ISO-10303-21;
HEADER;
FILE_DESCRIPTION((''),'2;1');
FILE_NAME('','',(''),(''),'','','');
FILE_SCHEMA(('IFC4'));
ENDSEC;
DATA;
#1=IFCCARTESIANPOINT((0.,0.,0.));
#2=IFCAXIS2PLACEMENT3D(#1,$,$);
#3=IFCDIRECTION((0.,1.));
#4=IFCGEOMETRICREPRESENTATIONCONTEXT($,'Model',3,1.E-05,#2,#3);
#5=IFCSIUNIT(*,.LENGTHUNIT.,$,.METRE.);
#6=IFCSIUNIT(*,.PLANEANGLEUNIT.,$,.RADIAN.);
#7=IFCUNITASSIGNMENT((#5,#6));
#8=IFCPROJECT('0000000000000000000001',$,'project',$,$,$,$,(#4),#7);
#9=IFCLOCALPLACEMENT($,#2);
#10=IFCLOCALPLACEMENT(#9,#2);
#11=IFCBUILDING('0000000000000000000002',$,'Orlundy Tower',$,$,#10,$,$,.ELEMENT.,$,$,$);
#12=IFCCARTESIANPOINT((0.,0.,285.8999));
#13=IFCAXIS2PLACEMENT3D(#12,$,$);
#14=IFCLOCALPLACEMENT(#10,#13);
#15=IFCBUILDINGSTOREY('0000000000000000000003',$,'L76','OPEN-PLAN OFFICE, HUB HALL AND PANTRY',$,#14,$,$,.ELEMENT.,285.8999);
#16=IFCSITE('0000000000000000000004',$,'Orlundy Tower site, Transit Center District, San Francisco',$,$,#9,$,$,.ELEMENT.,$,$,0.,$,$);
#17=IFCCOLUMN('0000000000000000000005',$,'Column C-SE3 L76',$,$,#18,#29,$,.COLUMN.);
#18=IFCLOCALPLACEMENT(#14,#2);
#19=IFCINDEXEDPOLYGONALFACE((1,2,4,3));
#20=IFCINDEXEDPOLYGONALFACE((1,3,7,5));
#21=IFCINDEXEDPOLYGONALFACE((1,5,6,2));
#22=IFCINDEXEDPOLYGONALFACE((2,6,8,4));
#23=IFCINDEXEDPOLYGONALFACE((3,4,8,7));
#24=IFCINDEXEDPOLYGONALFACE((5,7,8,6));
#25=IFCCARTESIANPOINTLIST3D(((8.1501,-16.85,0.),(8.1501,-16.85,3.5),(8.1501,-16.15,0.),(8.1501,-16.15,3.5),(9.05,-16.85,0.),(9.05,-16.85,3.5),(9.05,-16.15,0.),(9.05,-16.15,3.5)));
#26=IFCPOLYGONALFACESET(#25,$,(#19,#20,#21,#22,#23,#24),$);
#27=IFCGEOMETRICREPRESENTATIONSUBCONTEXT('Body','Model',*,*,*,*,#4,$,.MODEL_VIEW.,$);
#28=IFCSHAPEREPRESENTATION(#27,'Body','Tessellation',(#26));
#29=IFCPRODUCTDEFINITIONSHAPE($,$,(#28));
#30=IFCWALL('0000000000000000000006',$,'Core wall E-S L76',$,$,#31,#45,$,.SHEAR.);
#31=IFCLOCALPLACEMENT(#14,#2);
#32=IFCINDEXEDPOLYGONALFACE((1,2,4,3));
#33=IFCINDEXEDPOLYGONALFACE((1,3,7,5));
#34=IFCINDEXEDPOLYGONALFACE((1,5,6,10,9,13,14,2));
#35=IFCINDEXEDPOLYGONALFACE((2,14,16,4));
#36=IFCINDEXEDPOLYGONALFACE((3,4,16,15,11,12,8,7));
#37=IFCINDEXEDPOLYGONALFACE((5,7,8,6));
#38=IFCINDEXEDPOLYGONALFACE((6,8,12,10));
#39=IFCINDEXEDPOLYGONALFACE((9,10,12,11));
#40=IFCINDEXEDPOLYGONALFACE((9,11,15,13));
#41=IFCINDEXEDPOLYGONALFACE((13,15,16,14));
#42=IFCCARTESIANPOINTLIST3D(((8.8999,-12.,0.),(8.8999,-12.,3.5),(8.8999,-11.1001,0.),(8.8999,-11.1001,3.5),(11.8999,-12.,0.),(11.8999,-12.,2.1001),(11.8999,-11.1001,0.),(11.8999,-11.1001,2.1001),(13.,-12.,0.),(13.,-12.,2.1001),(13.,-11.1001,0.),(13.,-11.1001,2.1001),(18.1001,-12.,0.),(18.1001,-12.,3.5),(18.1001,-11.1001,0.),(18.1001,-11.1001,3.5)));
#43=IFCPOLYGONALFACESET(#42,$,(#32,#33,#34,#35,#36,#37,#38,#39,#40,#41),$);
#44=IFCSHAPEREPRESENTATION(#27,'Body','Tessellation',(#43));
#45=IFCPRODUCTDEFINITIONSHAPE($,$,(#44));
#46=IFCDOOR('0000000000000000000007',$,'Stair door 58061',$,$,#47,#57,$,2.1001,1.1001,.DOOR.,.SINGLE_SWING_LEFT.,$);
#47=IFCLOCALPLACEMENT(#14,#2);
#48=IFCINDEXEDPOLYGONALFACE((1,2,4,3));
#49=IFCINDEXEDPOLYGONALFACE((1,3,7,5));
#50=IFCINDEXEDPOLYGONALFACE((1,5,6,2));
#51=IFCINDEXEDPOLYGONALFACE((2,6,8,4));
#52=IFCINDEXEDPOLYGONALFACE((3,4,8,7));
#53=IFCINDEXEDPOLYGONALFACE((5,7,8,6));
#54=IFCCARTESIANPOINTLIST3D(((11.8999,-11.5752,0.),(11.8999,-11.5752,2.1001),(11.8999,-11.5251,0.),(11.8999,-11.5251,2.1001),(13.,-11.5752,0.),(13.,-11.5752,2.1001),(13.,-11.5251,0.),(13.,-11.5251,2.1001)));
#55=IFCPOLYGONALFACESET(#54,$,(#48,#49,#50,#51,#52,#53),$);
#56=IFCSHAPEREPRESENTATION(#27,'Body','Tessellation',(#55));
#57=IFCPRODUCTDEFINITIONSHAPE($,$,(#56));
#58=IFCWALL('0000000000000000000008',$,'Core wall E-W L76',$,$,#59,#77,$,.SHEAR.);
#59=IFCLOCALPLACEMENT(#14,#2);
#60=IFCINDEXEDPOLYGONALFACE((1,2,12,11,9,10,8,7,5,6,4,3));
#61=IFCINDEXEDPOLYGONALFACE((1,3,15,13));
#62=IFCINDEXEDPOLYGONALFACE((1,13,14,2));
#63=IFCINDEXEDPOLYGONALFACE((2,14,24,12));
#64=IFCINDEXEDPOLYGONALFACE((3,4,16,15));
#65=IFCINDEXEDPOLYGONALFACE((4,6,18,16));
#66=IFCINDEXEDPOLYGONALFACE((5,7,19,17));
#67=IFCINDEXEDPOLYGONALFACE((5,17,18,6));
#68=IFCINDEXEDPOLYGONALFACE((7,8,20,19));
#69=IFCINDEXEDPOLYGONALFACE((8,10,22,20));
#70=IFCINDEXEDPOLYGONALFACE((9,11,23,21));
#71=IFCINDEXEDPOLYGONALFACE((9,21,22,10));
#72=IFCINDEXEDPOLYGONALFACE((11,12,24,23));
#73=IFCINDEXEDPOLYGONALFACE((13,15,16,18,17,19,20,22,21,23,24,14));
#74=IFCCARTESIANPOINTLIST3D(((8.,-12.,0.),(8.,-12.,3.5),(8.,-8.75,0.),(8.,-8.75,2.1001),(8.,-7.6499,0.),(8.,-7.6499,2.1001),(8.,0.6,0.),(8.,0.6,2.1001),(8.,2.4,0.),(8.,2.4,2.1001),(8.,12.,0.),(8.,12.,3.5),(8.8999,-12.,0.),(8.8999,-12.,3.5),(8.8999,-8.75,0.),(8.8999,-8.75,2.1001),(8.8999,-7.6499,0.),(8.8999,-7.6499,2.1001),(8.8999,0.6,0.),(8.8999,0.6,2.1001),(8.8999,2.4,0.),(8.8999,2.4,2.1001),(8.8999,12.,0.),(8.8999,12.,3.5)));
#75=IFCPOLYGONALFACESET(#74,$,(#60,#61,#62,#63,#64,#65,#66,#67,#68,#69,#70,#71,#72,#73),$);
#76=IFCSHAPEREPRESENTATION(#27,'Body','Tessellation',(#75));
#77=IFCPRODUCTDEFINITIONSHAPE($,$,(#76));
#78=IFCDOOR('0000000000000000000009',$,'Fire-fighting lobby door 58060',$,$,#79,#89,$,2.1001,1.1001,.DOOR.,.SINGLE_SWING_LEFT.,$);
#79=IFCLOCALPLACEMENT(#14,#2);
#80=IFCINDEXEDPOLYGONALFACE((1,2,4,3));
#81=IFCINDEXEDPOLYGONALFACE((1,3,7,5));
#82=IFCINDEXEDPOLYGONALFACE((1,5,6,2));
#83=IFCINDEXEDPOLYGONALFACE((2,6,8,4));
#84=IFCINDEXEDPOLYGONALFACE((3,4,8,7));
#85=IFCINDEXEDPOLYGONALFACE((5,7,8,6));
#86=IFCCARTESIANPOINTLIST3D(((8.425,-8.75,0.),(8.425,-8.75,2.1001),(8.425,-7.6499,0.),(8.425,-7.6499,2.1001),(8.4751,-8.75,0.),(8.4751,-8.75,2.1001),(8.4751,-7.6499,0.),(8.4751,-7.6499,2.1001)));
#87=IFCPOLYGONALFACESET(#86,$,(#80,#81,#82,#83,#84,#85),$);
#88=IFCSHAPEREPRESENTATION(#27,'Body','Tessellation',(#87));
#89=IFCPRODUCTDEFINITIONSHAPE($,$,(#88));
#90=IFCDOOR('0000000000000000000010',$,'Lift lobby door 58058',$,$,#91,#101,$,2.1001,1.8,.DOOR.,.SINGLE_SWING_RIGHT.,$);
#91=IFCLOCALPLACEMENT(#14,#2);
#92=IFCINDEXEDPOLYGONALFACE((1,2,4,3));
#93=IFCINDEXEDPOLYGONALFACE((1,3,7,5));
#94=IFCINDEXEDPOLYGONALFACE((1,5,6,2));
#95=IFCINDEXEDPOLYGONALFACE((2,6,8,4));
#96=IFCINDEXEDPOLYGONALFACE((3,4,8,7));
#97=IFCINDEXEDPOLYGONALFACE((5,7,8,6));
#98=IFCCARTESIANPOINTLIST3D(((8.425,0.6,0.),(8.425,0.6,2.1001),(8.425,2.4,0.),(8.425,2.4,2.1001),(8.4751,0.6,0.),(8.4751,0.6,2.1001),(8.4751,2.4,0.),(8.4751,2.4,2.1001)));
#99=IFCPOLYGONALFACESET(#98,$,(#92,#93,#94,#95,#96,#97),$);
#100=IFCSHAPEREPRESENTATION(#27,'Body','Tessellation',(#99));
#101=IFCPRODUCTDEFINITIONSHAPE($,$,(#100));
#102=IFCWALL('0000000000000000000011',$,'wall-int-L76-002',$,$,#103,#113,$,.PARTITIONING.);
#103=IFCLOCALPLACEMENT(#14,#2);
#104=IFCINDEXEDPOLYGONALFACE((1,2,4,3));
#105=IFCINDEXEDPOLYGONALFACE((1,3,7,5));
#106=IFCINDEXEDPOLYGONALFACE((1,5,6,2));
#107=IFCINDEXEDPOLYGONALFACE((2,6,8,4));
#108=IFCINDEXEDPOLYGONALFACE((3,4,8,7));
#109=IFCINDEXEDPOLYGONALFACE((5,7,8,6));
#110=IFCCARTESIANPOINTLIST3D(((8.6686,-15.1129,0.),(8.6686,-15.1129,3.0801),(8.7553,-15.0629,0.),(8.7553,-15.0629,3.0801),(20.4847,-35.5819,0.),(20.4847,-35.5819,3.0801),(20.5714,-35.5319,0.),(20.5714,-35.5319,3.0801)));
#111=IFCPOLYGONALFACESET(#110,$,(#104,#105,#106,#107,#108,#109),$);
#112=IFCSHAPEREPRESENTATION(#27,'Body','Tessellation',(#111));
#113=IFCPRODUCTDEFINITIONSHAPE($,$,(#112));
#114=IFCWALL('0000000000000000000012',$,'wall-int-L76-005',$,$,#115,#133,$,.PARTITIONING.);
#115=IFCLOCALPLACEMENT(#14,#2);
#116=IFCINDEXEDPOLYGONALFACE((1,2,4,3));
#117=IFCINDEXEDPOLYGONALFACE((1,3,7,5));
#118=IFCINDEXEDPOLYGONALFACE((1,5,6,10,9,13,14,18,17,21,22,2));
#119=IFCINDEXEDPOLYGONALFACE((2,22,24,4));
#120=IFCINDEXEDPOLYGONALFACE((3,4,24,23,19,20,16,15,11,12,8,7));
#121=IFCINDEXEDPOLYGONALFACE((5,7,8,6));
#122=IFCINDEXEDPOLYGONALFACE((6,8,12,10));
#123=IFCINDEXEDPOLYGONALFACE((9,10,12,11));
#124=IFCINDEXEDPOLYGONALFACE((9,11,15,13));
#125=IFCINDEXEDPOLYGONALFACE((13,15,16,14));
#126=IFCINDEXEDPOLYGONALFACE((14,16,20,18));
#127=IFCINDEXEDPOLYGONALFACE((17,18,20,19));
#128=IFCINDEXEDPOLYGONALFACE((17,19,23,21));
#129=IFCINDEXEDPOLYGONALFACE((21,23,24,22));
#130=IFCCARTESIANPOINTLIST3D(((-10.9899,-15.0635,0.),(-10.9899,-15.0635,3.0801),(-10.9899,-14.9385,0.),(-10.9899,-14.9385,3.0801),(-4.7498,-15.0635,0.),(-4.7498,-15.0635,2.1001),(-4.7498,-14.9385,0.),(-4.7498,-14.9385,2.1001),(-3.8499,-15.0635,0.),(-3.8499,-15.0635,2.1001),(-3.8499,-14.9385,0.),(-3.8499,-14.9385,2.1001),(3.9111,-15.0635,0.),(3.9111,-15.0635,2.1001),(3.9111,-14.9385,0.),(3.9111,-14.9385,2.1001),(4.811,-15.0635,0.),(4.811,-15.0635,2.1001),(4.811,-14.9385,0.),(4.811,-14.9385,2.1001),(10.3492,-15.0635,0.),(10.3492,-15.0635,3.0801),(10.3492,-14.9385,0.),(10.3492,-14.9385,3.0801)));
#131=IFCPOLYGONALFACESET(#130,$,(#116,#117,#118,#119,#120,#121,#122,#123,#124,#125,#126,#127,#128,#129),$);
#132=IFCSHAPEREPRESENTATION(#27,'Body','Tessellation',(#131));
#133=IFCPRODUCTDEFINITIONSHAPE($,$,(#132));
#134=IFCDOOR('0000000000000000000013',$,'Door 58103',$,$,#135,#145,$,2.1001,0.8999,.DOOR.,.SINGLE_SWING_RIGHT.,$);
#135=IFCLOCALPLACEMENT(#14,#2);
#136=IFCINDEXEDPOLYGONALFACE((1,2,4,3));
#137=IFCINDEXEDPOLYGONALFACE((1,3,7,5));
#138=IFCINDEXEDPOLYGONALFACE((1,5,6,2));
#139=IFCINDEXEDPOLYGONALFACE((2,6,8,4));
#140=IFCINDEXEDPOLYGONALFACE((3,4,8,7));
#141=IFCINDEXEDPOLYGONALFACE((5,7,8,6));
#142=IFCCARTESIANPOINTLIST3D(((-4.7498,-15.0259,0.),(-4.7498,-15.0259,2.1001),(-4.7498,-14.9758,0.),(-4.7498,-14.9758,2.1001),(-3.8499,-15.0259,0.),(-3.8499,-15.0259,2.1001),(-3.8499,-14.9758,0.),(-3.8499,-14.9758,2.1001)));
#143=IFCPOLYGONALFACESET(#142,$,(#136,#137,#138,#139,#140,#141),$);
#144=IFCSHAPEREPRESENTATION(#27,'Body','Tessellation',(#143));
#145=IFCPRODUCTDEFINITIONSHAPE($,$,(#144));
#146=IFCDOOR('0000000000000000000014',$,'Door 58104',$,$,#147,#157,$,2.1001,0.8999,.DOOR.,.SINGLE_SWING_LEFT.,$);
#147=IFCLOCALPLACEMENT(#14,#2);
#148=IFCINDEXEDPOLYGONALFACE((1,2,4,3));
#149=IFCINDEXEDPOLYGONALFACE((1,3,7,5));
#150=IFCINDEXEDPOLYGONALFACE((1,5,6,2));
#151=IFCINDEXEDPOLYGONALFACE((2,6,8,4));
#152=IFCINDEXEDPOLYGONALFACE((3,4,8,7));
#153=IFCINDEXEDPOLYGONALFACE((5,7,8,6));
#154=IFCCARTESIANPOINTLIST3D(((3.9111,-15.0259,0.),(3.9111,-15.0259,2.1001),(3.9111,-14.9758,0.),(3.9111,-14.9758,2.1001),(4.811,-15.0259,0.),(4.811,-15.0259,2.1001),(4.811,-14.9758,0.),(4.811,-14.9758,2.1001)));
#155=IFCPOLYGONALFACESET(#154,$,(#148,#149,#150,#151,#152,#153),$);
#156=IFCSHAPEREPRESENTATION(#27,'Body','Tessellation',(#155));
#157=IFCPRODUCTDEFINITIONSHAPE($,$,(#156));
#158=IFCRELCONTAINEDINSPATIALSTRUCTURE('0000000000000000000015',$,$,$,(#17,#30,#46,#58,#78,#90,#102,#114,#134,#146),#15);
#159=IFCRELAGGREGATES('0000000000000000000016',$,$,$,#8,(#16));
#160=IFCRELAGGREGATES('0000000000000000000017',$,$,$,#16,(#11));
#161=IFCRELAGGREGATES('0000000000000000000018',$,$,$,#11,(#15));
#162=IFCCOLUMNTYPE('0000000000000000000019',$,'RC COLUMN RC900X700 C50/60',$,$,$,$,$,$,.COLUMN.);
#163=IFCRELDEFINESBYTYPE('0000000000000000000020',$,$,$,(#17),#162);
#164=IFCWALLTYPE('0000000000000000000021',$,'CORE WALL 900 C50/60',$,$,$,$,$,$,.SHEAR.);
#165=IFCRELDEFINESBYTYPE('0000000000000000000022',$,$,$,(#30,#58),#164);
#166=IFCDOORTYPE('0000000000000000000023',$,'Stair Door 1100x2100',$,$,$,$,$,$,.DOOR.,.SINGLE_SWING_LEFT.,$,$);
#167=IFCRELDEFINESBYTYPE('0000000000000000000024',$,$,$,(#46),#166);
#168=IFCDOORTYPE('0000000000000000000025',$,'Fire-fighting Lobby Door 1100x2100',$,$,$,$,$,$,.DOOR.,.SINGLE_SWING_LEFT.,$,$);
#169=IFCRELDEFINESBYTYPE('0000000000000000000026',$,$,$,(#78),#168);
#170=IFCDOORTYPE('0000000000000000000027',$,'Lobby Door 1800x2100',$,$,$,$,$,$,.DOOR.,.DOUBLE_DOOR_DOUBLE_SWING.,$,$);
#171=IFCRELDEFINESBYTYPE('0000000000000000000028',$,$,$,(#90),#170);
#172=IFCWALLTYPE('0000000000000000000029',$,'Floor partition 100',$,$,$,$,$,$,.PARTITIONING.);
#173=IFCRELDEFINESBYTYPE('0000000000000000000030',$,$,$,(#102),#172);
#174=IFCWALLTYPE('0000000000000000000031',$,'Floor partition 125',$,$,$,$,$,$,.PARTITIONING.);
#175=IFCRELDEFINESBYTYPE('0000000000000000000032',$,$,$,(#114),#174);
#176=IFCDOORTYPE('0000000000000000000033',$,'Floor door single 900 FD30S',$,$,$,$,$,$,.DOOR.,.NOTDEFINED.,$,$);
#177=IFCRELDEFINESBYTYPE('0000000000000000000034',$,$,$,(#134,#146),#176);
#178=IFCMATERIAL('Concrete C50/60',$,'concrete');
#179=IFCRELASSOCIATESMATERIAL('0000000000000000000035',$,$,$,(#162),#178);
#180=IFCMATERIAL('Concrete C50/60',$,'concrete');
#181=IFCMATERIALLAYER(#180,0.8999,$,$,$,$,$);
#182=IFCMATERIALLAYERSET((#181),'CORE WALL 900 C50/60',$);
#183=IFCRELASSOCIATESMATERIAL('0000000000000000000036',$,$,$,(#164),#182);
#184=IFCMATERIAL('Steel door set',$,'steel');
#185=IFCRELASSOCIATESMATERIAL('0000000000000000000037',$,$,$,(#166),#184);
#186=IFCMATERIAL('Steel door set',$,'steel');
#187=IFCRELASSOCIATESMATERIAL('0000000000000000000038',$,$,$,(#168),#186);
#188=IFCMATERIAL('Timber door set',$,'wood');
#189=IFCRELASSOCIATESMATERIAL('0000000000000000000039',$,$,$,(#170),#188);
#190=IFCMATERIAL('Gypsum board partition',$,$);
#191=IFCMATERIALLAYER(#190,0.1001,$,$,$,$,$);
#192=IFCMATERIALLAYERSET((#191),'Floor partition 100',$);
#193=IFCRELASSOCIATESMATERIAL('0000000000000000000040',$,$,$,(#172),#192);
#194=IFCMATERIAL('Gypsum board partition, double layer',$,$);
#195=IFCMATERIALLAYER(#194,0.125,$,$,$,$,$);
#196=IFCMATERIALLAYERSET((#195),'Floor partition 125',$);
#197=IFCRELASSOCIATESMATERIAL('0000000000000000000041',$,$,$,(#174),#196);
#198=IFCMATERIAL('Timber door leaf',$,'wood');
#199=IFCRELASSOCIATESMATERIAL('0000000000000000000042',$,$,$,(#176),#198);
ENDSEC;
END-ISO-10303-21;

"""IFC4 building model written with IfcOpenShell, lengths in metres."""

from ifc_helpers import new_model, si_unit, direction, frame, frame_2d, origin, origin_2d, place, context, subcontext, project, spatial, rectangle, extrude, material, layer, layer_set, material_profile, profile_set, type_object, element, fill, save


model = new_model("IFC4")

# Units and contexts
model_context = context("Model", 3, precision=1e-05, world=origin(), true_north=direction((0.0, 1.0)))
body_context = subcontext(model_context, "Body", "Model", "MODEL_VIEW")
ifc_project = project(units=[si_unit("LENGTHUNIT", "METRE"), si_unit("PLANEANGLEUNIT", "RADIAN")], contexts=[model_context])

# Site, building, storey
site_placement = place(None, origin())
site = spatial("IfcSite", under=ifc_project, at=site_placement, Name="Orlundy Tower site, Transit Center District, San Francisco", CompositionType="ELEMENT", RefElevation=0.0)
building_placement = place(site_placement, origin())
building = spatial("IfcBuilding", under=site, at=building_placement, Name="Orlundy Tower", CompositionType="ELEMENT")
storey_placement = place(building_placement, frame((0.0, 0.0, 285.8999)))
storey = spatial("IfcBuildingStorey", under=building, at=storey_placement, Name="L76", Description="OPEN-PLAN OFFICE, HUB HALL AND PANTRY", CompositionType="ELEMENT", Elevation=285.8999)

# Column
ifc_material_1 = material(Name="Concrete C50/60", Category="concrete")
ifc_material_profile = material_profile(ifc_material_1, rectangle(XDim=0.8999, YDim=0.7, at=origin_2d()), Name="RC900X700")
ifc_profile_set = profile_set([ifc_material_profile], Name="Concrete C50/60")
column_type = type_object("IfcColumnType", Name="RC COLUMN RC900X700 C50/60", PredefinedType="COLUMN", material=ifc_profile_set)
column_placement = place(storey_placement, frame((8.6001, -16.5, 0.0), z_axis=(0.0, 0.0, 1.0), x_axis=(1.0, 0.0, 0.0)))
element("IfcColumn", 1, at=column_placement, inside=storey, type_object=column_type, Name="Column C-SE3 L76", PredefinedType="COLUMN", context=body_context, shape_type="SweptSolid", body=[
    extrude(rectangle(XDim=0.8999, YDim=0.7, at=origin_2d()), origin(), (0.0, 0.0, 1.0), 3.5),
])

# Wall, opening, door
ifc_material_2 = material(Name="Concrete C50/60", Category="concrete")
ifc_layer_1 = layer(ifc_material_2, 0.8999)
ifc_layer_set_1 = layer_set([ifc_layer_1], Name="CORE WALL 900 C50/60")
wall_type_1 = type_object("IfcWallType", Name="CORE WALL 900 C50/60", PredefinedType="SHEAR", material=ifc_layer_set_1)
wall_1_placement = place(storey_placement, frame((8.8999, -11.55, 0.0), z_axis=(0.0, 0.0, 1.0), x_axis=(1.0, 0.0, 0.0)))
wall_1 = element("IfcWall", 2, at=wall_1_placement, inside=storey, type_object=wall_type_1, Name="Core wall E-S L76", PredefinedType="SHEAR", context=body_context, shape_type="SweptSolid", body=[
    extrude(rectangle(XDim=9.2002, YDim=0.8999, at=frame_2d((4.6001, 0.0))), origin(), (0.0, 0.0, 1.0), 3.5),
])
opening_1_placement = place(wall_1_placement, frame((3.0, 0.0, 0.0)))
opening_1 = element("IfcOpeningElement", 3, at=opening_1_placement, cuts=wall_1, PredefinedType="OPENING", context=body_context, shape_type="SweptSolid", body=[
    extrude(rectangle(XDim=1.1001, YDim=2.1001, at=frame_2d((0.55, 1.05))), frame((0.0, 0.46, 0.0), z_axis=(0.0, -1.0, 0.0), x_axis=(1.0, 0.0, 0.0)), (0.0, 0.0, 1.0), 0.9199),
])
ifc_material_3 = material(Name="Steel door set", Category="steel")
door_type_1 = type_object("IfcDoorType", Name="Stair Door 1100x2100", OperationType="SINGLE_SWING_LEFT", PredefinedType="DOOR", material=ifc_material_3)
door_1_placement = place(opening_1_placement, origin())
door_1 = element("IfcDoor", 4, at=door_1_placement, inside=storey, type_object=door_type_1, Name="Stair door 58061", OperationType="SINGLE_SWING_LEFT", OverallHeight=2.1001, OverallWidth=1.1001, PredefinedType="DOOR", context=body_context, shape_type="SweptSolid", body=[
    extrude(rectangle(XDim=1.1001, YDim=2.1001, at=frame_2d((0.55, 1.05))), frame((0.0, 0.0249, 0.0), z_axis=(0.0, -1.0, 0.0), x_axis=(1.0, 0.0, 0.0)), (0.0, 0.0, 1.0), 0.05),
])
fill(opening_1, door_1)

# Wall, openings, doors
wall_2_placement = place(storey_placement, frame((8.45, -12.0, 0.0), z_axis=(0.0, 0.0, 1.0), x_axis=(0.0, 1.0, 0.0)))
wall_2 = element("IfcWall", 5, at=wall_2_placement, inside=storey, type_object=wall_type_1, Name="Core wall E-W L76", PredefinedType="SHEAR", context=body_context, shape_type="SweptSolid", body=[
    extrude(rectangle(XDim=24.0, YDim=0.8999, at=frame_2d((12.0, 0.0))), origin(), (0.0, 0.0, 1.0), 3.5),
])
opening_2_placement = place(wall_2_placement, frame((12.6001, 0.0, 0.0)))
opening_2 = element("IfcOpeningElement", 6, at=opening_2_placement, cuts=wall_2, PredefinedType="OPENING", context=body_context, shape_type="SweptSolid", body=[
    extrude(rectangle(XDim=1.8, YDim=2.1001, at=frame_2d((0.8999, 1.05))), frame((0.0, 0.46, 0.0), z_axis=(0.0, -1.0, 0.0), x_axis=(1.0, 0.0, 0.0)), (0.0, 0.0, 1.0), 0.9199),
])
opening_3_placement = place(wall_2_placement, frame((3.25, 0.0, 0.0)))
opening_3 = element("IfcOpeningElement", 7, at=opening_3_placement, cuts=wall_2, PredefinedType="OPENING", context=body_context, shape_type="SweptSolid", body=[
    extrude(rectangle(XDim=1.1001, YDim=2.1001, at=frame_2d((0.55, 1.05))), frame((0.0, 0.46, 0.0), z_axis=(0.0, -1.0, 0.0), x_axis=(1.0, 0.0, 0.0)), (0.0, 0.0, 1.0), 0.9199),
])
ifc_material_4 = material(Name="Steel door set", Category="steel")
door_type_2 = type_object("IfcDoorType", Name="Fire-fighting Lobby Door 1100x2100", OperationType="SINGLE_SWING_LEFT", PredefinedType="DOOR", material=ifc_material_4)
door_2_placement = place(opening_3_placement, origin())
door_2 = element("IfcDoor", 8, at=door_2_placement, inside=storey, type_object=door_type_2, Name="Fire-fighting lobby door 58060", OperationType="SINGLE_SWING_LEFT", OverallHeight=2.1001, OverallWidth=1.1001, PredefinedType="DOOR", context=body_context, shape_type="SweptSolid", body=[
    extrude(rectangle(XDim=1.1001, YDim=2.1001, at=frame_2d((0.55, 1.05))), frame((0.0, 0.0249, 0.0), z_axis=(0.0, -1.0, 0.0), x_axis=(1.0, 0.0, 0.0)), (0.0, 0.0, 1.0), 0.05),
])
fill(opening_3, door_2)
ifc_material_5 = material(Name="Timber door set", Category="wood")
door_type_3 = type_object("IfcDoorType", Name="Lobby Door 1800x2100", OperationType="DOUBLE_DOOR_DOUBLE_SWING", PredefinedType="DOOR", material=ifc_material_5)
door_3_placement = place(opening_2_placement, origin())
door_3 = element("IfcDoor", 9, at=door_3_placement, inside=storey, type_object=door_type_3, Name="Lift lobby door 58058", OperationType="SINGLE_SWING_RIGHT", OverallHeight=2.1001, OverallWidth=1.8, PredefinedType="DOOR", context=body_context, shape_type="SweptSolid", body=[
    extrude(rectangle(XDim=1.8, YDim=2.1001, at=frame_2d((0.8999, 1.05))), frame((0.0, 0.0249, 0.0), z_axis=(0.0, -1.0, 0.0), x_axis=(1.0, 0.0, 0.0)), (0.0, 0.0, 1.0), 0.05),
])
fill(opening_2, door_3)

# Wall
ifc_material_6 = material(Name="Gypsum board partition")
ifc_layer_2 = layer(ifc_material_6, 0.1001)
ifc_layer_set_2 = layer_set([ifc_layer_2], Name="Floor partition 100")
wall_type_2 = type_object("IfcWallType", Name="Floor partition 100", PredefinedType="PARTITIONING", material=ifc_layer_set_2)
wall_3_placement = place(storey_placement, frame((8.7119, -15.0879, 0.0), z_axis=(0.0, 0.0, 1.0), x_axis=(0.499949, -0.866055, 0.0)))
element("IfcWall", 10, at=wall_3_placement, inside=storey, type_object=wall_type_2, Name="wall-int-L76-002", PredefinedType="PARTITIONING", context=body_context, shape_type="SweptSolid", body=[
    extrude(rectangle(XDim=23.6348, YDim=0.1001, at=frame_2d((11.8174, 0.0))), origin(), (0.0, 0.0, 1.0), 3.0801),
])

# Wall, openings, doors
ifc_material_7 = material(Name="Gypsum board partition, double layer")
ifc_layer_3 = layer(ifc_material_7, 0.125)
ifc_layer_set_3 = layer_set([ifc_layer_3], Name="Floor partition 125")
wall_type_3 = type_object("IfcWallType", Name="Floor partition 125", PredefinedType="PARTITIONING", material=ifc_layer_set_3)
wall_4_placement = place(storey_placement, frame((10.3491, -15.001, 0.0), z_axis=(0.0, 0.0, 1.0), x_axis=(-1.0, 0.0, 0.0)))
wall_4 = element("IfcWall", 11, at=wall_4_placement, inside=storey, type_object=wall_type_3, Name="wall-int-L76-005", PredefinedType="PARTITIONING", context=body_context, shape_type="SweptSolid", body=[
    extrude(rectangle(XDim=21.3391, YDim=0.125, at=frame_2d((10.6694, 0.0))), origin(), (0.0, 0.0, 1.0), 3.0801),
])
opening_4_placement = place(wall_4_placement, frame((14.199, 0.0, 0.0)))
opening_4 = element("IfcOpeningElement", 12, at=opening_4_placement, cuts=wall_4, PredefinedType="OPENING", context=body_context, shape_type="SweptSolid", body=[
    extrude(rectangle(XDim=0.8999, YDim=2.1001, at=frame_2d((0.45, 1.05))), frame((0.0, 0.0725, 0.0), z_axis=(0.0, -1.0, 0.0), x_axis=(1.0, 0.0, 0.0)), (0.0, 0.0, 1.0), 0.145),
])
opening_5_placement = place(wall_4_placement, frame((5.5381, 0.0, 0.0)))
opening_5 = element("IfcOpeningElement", 13, at=opening_5_placement, cuts=wall_4, PredefinedType="OPENING", context=body_context, shape_type="SweptSolid", body=[
    extrude(rectangle(XDim=0.8999, YDim=2.1001, at=frame_2d((0.45, 1.05))), frame((0.0, 0.0725, 0.0), z_axis=(0.0, -1.0, 0.0), x_axis=(1.0, 0.0, 0.0)), (0.0, 0.0, 1.0), 0.145),
])
ifc_material_8 = material(Name="Timber door leaf", Category="wood")
door_type_4 = type_object("IfcDoorType", Name="Floor door single 900 FD30S", OperationType="NOTDEFINED", PredefinedType="DOOR", material=ifc_material_8)
door_4_placement = place(opening_4_placement, origin())
door_4 = element("IfcDoor", 14, at=door_4_placement, inside=storey, type_object=door_type_4, Name="Door 58103", OperationType="SINGLE_SWING_RIGHT", OverallHeight=2.1001, OverallWidth=0.8999, PredefinedType="DOOR", context=body_context, shape_type="SweptSolid", body=[
    extrude(rectangle(XDim=0.8999, YDim=2.1001, at=frame_2d((0.45, 1.05))), frame((0.0, 0.0249, 0.0), z_axis=(0.0, -1.0, 0.0), x_axis=(1.0, 0.0, 0.0)), (0.0, 0.0, 1.0), 0.05),
])
fill(opening_4, door_4)
door_5_placement = place(opening_5_placement, origin())
door_5 = element("IfcDoor", 15, at=door_5_placement, inside=storey, type_object=door_type_4, Name="Door 58104", OperationType="SINGLE_SWING_LEFT", OverallHeight=2.1001, OverallWidth=0.8999, PredefinedType="DOOR", context=body_context, shape_type="SweptSolid", body=[
    extrude(rectangle(XDim=0.8999, YDim=2.1001, at=frame_2d((0.45, 1.05))), frame((0.0, 0.0249, 0.0), z_axis=(0.0, -1.0, 0.0), x_axis=(1.0, 0.0, 0.0)), (0.0, 0.0, 1.0), 0.05),
])
fill(opening_5, door_5)

save(model, "model.ifc")
